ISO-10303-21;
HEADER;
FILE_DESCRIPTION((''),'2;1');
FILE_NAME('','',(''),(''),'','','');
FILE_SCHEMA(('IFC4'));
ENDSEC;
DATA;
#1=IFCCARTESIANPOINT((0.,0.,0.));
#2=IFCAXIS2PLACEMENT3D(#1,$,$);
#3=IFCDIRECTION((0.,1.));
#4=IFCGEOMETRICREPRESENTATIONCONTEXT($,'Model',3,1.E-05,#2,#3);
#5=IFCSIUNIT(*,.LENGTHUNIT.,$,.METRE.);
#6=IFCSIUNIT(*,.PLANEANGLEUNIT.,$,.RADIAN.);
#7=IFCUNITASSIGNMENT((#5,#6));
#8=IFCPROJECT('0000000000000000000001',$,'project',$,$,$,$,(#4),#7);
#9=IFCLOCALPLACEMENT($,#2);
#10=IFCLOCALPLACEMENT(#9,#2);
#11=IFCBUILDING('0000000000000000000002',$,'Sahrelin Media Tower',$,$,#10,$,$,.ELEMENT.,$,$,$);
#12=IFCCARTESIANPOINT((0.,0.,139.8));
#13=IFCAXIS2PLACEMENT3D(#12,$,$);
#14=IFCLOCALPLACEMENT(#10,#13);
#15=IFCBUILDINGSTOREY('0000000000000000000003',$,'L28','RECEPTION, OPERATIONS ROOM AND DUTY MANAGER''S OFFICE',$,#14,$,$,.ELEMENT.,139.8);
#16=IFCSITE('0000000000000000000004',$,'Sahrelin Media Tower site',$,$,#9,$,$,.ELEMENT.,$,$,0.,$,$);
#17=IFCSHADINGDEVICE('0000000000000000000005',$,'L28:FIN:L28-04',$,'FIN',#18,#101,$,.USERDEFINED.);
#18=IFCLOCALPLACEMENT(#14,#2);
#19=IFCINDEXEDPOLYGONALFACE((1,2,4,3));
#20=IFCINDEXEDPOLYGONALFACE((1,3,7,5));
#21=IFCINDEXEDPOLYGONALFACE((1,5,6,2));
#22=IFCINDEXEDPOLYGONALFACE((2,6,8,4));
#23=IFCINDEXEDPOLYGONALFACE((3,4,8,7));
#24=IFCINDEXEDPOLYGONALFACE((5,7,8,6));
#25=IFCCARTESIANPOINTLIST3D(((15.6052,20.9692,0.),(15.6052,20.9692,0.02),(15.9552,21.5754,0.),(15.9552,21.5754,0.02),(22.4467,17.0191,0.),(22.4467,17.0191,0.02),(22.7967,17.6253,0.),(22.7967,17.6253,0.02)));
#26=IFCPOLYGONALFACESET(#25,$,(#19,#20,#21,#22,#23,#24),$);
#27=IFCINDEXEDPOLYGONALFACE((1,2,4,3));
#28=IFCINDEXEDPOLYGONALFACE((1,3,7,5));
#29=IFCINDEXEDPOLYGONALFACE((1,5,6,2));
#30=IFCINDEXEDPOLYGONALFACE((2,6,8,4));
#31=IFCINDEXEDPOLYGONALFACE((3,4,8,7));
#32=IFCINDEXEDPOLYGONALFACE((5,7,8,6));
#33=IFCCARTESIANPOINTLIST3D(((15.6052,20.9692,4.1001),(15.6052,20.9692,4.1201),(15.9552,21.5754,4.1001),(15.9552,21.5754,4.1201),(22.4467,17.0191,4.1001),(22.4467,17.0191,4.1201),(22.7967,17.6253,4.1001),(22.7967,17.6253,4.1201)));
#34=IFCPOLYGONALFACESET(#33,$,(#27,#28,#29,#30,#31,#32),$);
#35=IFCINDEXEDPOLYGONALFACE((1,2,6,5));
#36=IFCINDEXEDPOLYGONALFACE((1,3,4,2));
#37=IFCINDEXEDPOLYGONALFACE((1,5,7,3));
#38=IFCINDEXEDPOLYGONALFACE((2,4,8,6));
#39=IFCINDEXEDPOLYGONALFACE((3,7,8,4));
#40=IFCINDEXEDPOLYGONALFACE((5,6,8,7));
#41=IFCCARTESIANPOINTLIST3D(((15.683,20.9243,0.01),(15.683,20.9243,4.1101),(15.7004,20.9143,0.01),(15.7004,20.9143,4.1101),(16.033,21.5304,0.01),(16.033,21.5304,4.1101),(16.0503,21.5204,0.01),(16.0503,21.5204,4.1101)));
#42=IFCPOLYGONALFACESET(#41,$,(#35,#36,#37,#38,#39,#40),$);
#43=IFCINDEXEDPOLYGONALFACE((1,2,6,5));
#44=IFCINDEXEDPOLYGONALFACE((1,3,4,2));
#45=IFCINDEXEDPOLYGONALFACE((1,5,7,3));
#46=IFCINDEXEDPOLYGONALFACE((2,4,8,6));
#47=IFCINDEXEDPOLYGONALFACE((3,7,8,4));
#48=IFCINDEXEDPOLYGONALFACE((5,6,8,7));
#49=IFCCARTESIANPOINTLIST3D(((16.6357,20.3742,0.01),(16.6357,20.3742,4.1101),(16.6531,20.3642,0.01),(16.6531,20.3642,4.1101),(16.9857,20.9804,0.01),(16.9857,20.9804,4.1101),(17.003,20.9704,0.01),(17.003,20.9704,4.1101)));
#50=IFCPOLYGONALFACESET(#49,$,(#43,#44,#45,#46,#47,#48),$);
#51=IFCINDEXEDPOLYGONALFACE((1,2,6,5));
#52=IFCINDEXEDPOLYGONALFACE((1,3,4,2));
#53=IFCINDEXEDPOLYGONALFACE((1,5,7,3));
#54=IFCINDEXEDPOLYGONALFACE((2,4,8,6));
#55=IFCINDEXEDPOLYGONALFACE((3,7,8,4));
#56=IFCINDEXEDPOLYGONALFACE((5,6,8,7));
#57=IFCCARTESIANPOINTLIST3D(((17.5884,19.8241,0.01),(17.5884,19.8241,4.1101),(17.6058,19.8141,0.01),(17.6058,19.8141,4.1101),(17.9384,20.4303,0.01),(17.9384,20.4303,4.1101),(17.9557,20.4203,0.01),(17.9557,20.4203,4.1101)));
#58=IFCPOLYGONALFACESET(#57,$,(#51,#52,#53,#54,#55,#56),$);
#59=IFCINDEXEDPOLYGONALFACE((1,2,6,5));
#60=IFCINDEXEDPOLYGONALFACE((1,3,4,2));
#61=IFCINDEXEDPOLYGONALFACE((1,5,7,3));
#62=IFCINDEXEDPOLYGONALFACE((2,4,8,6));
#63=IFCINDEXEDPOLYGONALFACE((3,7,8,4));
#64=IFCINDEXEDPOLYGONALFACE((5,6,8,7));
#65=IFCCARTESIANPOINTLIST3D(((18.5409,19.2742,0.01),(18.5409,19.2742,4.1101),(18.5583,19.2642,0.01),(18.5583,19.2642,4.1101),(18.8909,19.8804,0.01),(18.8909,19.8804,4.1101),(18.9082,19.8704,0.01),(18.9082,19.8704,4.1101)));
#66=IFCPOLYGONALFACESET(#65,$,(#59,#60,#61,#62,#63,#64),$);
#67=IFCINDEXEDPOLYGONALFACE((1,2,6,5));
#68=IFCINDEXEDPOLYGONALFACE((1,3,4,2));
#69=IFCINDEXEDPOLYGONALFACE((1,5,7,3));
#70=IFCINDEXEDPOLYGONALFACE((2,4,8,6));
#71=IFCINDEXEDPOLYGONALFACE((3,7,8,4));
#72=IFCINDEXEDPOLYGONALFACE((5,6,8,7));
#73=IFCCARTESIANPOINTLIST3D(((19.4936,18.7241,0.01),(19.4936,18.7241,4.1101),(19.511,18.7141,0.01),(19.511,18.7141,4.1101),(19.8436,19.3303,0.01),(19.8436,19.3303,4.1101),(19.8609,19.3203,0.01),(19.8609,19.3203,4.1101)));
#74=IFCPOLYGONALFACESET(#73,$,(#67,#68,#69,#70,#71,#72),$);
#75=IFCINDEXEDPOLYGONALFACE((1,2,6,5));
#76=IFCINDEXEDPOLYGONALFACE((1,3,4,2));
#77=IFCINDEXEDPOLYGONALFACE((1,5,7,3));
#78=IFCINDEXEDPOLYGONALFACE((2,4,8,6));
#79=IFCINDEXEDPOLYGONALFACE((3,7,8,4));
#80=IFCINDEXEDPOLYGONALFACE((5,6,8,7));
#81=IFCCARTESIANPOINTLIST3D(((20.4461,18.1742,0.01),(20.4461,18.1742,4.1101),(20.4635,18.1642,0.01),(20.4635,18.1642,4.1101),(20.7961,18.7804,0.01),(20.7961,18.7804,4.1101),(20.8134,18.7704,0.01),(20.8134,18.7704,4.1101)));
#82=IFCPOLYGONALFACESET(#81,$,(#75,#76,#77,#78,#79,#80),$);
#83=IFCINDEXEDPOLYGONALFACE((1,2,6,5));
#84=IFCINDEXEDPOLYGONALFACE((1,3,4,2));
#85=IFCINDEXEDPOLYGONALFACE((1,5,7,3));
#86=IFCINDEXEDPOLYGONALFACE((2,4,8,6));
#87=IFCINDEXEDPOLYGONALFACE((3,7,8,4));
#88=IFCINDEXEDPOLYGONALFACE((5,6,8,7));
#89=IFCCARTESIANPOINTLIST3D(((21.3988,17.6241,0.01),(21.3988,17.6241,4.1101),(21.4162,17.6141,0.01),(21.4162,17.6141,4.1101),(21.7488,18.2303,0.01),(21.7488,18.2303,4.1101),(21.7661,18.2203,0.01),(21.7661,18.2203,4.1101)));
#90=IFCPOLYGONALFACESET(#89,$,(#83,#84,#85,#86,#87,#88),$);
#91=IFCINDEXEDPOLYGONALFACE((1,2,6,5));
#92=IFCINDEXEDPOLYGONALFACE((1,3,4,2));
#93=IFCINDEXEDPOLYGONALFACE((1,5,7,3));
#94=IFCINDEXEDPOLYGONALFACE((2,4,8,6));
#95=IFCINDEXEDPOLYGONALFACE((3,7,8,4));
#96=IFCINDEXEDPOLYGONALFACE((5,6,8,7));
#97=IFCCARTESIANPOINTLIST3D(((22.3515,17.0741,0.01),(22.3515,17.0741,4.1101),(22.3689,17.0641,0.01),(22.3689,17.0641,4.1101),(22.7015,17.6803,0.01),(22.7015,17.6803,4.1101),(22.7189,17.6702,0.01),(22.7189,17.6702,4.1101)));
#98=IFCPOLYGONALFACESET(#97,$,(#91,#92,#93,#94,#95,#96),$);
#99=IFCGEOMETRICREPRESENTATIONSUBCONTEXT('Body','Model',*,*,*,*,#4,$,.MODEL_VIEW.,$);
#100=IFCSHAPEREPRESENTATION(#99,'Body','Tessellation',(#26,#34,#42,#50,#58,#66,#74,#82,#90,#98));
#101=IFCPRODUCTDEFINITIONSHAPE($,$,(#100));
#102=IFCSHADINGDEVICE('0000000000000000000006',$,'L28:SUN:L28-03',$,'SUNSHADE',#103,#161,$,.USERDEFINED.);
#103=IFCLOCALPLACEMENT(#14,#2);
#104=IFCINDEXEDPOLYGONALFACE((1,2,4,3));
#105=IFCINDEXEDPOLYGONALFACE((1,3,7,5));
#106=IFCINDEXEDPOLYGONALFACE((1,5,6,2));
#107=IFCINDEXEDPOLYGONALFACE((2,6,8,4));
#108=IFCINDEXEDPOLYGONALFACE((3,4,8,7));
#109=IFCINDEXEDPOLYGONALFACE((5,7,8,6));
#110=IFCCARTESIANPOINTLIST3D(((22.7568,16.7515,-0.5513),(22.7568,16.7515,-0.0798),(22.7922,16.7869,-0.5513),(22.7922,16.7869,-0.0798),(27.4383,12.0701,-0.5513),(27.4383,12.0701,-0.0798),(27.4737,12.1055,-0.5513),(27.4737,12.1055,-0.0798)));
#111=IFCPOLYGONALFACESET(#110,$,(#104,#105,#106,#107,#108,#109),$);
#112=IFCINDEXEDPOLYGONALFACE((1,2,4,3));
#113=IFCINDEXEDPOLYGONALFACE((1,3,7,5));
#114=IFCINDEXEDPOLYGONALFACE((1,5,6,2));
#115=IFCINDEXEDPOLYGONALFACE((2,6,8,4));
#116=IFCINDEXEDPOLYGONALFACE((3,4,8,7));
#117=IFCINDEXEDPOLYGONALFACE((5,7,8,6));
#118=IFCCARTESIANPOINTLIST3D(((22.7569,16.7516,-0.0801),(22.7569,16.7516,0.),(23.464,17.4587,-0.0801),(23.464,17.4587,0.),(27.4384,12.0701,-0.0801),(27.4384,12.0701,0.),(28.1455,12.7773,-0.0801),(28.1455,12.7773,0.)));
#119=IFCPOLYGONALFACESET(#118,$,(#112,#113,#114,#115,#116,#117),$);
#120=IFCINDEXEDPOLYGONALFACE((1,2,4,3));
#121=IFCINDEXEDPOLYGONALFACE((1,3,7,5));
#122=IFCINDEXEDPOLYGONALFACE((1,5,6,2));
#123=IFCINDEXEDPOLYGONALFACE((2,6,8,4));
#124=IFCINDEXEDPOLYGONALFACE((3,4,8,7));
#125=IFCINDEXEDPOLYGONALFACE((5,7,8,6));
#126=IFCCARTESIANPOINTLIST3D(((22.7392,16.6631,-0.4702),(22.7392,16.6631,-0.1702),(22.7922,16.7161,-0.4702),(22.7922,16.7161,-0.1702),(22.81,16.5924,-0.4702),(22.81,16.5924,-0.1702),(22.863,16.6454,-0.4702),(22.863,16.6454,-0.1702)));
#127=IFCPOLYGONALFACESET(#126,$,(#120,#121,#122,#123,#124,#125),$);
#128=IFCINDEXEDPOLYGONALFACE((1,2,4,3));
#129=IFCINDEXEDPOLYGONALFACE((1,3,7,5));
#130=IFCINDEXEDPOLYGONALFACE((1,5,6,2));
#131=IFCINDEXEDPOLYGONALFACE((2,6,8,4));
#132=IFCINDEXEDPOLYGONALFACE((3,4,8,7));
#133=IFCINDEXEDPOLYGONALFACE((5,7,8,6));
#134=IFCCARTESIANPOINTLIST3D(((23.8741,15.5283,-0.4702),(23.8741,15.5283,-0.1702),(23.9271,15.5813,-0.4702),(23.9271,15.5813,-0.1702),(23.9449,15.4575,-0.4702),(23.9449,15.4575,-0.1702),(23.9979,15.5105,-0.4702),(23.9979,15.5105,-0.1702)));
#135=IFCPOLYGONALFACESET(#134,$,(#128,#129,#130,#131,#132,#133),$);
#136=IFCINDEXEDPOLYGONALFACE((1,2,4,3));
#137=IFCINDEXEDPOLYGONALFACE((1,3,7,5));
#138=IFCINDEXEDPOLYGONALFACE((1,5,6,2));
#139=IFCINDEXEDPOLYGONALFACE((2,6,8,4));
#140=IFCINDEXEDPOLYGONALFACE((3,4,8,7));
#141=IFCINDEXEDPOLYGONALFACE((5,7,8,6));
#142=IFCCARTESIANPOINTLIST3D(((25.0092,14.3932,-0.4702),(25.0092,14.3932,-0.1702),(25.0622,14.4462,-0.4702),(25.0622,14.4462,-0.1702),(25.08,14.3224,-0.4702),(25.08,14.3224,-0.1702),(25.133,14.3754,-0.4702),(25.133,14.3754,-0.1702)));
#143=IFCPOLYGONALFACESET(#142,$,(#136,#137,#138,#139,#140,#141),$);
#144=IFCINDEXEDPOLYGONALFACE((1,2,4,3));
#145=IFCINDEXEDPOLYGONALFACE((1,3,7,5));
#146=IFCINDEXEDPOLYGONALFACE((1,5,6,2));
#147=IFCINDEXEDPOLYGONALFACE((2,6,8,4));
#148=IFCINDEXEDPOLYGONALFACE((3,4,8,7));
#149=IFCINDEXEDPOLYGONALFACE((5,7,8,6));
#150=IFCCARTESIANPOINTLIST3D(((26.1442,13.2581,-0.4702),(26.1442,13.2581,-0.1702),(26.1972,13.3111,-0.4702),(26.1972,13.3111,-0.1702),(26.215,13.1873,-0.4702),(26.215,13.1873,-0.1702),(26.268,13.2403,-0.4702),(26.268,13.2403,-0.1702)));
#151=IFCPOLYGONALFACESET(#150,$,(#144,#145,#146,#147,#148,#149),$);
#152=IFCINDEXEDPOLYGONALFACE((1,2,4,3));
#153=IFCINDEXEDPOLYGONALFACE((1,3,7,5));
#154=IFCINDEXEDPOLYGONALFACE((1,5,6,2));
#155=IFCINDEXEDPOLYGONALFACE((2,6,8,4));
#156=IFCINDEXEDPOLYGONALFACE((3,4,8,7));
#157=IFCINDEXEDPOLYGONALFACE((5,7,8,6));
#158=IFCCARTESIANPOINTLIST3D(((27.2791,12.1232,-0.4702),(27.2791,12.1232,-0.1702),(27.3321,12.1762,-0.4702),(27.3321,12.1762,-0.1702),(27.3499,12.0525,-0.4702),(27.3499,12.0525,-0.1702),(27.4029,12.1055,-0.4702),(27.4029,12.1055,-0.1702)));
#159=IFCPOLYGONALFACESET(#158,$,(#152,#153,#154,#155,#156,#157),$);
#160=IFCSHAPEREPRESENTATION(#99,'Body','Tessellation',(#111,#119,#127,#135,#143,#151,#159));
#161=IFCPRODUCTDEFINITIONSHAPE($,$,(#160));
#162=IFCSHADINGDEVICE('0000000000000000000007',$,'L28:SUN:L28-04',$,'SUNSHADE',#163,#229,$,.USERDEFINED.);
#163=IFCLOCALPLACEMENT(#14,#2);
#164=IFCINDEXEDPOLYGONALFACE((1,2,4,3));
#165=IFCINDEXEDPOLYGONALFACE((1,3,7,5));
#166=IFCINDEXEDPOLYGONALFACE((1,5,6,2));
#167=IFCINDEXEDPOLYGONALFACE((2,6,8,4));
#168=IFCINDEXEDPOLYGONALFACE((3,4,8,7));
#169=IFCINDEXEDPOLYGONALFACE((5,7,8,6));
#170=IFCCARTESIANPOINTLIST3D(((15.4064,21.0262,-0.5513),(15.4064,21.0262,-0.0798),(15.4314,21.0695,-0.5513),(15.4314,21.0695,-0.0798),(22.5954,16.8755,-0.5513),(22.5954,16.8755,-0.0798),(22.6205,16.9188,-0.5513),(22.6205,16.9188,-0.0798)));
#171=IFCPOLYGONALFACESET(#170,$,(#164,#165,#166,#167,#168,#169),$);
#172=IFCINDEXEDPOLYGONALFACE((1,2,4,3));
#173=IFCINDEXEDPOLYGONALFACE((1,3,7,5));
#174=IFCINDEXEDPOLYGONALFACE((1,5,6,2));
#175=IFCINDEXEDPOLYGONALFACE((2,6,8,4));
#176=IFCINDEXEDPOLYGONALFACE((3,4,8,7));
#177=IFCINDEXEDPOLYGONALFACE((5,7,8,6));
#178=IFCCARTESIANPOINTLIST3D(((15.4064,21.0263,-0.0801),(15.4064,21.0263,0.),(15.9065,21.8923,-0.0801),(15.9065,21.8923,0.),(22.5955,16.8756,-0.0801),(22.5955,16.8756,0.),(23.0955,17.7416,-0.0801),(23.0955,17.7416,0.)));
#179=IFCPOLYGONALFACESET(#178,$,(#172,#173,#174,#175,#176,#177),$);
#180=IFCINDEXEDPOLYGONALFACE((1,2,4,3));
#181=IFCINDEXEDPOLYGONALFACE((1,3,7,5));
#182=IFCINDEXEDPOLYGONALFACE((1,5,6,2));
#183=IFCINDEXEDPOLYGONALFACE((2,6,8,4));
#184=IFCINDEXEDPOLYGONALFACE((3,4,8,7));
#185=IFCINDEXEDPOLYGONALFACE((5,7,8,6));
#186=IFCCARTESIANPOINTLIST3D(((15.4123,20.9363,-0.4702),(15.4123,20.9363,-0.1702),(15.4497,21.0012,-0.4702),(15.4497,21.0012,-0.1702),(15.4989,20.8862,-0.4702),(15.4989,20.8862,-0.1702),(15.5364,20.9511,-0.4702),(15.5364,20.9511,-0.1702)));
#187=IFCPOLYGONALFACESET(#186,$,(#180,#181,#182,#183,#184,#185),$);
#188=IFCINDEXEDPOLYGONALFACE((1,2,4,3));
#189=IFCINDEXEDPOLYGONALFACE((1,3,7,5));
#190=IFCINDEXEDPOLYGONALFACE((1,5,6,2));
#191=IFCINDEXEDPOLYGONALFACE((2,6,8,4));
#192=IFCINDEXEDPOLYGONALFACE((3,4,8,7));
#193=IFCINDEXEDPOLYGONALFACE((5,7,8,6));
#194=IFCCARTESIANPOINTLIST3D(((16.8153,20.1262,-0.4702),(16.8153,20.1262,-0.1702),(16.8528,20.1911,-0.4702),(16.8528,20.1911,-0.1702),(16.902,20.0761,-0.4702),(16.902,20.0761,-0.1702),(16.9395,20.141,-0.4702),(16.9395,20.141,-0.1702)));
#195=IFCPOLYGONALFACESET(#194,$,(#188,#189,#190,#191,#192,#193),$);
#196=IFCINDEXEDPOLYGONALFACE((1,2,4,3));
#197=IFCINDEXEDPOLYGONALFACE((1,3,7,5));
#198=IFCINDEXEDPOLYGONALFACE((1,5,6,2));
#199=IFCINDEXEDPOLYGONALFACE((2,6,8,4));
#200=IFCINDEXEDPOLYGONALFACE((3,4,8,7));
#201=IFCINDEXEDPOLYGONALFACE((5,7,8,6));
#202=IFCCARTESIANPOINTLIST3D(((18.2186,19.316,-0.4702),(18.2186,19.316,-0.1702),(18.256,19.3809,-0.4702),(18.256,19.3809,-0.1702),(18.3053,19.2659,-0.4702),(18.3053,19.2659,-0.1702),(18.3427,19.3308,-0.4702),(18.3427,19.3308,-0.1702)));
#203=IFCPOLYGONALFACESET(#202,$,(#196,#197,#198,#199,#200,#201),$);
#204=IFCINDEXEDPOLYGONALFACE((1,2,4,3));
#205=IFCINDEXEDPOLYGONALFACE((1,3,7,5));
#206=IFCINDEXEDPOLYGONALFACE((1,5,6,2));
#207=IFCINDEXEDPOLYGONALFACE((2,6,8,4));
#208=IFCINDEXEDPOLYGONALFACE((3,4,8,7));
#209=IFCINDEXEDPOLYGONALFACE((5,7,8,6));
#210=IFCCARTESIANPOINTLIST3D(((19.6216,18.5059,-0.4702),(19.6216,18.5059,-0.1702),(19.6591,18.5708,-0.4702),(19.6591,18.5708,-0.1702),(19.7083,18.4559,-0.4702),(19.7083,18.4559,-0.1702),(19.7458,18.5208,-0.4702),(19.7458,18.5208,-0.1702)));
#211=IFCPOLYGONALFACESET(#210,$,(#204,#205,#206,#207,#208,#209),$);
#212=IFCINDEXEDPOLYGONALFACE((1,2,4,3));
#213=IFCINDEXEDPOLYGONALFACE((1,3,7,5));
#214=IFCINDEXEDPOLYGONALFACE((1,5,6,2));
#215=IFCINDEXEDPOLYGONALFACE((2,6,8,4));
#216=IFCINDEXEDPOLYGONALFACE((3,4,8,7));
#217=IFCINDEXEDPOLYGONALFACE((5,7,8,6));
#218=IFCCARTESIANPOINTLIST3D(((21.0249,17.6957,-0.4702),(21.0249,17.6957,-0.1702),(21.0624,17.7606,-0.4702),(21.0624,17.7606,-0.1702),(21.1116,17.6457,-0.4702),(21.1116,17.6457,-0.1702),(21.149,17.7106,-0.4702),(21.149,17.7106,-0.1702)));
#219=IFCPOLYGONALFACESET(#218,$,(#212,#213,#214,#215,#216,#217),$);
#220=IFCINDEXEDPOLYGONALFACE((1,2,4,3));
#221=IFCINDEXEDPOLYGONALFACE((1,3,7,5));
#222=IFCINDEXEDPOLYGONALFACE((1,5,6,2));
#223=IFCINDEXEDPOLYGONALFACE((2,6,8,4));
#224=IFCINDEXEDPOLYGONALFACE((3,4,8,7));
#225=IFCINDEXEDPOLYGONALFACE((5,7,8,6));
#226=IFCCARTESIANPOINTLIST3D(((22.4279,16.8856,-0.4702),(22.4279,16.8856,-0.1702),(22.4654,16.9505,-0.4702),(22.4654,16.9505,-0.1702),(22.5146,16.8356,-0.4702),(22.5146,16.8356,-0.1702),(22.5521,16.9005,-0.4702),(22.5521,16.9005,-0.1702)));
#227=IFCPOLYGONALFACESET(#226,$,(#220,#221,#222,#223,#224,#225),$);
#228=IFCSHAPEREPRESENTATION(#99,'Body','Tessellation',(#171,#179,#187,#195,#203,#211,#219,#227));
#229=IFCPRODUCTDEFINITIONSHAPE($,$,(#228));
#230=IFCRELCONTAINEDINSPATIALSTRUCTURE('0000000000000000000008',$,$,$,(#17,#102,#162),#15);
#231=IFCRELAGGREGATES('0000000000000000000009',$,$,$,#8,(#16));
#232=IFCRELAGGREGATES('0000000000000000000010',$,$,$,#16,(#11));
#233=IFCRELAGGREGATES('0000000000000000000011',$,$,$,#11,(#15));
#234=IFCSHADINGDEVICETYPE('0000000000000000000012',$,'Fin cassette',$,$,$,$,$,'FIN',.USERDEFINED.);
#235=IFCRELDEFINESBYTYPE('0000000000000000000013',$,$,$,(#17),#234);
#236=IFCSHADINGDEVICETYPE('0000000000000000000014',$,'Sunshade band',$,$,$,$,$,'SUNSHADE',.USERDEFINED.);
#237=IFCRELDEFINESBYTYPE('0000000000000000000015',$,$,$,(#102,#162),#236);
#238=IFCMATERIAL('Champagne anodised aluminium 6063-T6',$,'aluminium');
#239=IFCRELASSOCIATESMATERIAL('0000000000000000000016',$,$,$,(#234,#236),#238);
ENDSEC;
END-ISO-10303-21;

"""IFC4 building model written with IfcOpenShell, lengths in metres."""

from ifc_helpers import new_model, si_unit, direction, frame, origin, origin_2d, place, context, subcontext, project, spatial, rectangle, extrude, material, type_object, element, save


model = new_model("IFC4")

# Units and contexts
model_context = context("Model", 3, precision=1e-05, world=origin(), true_north=direction((0.0, 1.0)))
body_context = subcontext(model_context, "Body", "Model", "MODEL_VIEW")
ifc_project = project(units=[si_unit("LENGTHUNIT", "METRE"), si_unit("PLANEANGLEUNIT", "RADIAN")], contexts=[model_context])

# Site, building, storey
site_placement = place(None, origin())
site = spatial("IfcSite", under=ifc_project, at=site_placement, Name="Sahrelin Media Tower site", CompositionType="ELEMENT", RefElevation=0.0)
building_placement = place(site_placement, origin())
building = spatial("IfcBuilding", under=site, at=building_placement, Name="Sahrelin Media Tower", CompositionType="ELEMENT")
storey_placement = place(building_placement, frame((0.0, 0.0, 139.8)))
storey = spatial("IfcBuildingStorey", under=building, at=storey_placement, Name="L28", Description="RECEPTION, OPERATIONS ROOM AND DUTY MANAGER'S OFFICE", CompositionType="ELEMENT", Elevation=139.8)

# Shared definitions
ifc_material_1 = material(Name="Champagne anodised aluminium 6063-T6", Category="aluminium")

# Shading devices
shading_device_type_1 = type_object("IfcShadingDeviceType", Name="Fin cassette", ElementType="FIN", PredefinedType="USERDEFINED", material=ifc_material_1)
placement_1 = place(storey_placement, frame((25.0835, 14.3967, 0.0), z_axis=(0.0, 0.0, 1.0), x_axis=(0.707107, -0.707107, 0.0)))
placement_2 = place(storey_placement, frame((18.991, 18.9336, 0.0), z_axis=(0.0, 0.0, 1.0), x_axis=(0.866019, -0.500011, 0.0)))
element("IfcShadingDevice", 1, at=placement_2, inside=storey, type_object=shading_device_type_1, Name="L28:FIN:L28-04", ObjectType="FIN", PredefinedType="USERDEFINED", context=body_context, shape_type="SweptSolid", body=[
    extrude(rectangle(XDim=7.8999, YDim=0.7, at=origin_2d()), frame((0.0, 0.4199, 0.0)), (0.0, 0.0, 1.0), 0.02),
    extrude(rectangle(XDim=7.8999, YDim=0.7, at=origin_2d()), frame((0.0, 0.4199, 4.1001)), (0.0, 0.0, 1.0), 0.02),
    extrude(rectangle(XDim=0.02, YDim=0.7, at=origin_2d()), frame((-3.8501, 0.4199, 0.01), z_axis=(0.0, 0.0, 1.0), x_axis=(1.0, 0.0, 0.0)), (0.0, 0.0, 1.0), 4.1001),
    extrude(rectangle(XDim=0.02, YDim=0.7, at=origin_2d()), frame((-2.75, 0.4199, 0.01), z_axis=(0.0, 0.0, 1.0), x_axis=(1.0, 0.0, 0.0)), (0.0, 0.0, 1.0), 4.1001),
    extrude(rectangle(XDim=0.02, YDim=0.7, at=origin_2d()), frame((-1.6499, 0.4199, 0.01), z_axis=(0.0, 0.0, 1.0), x_axis=(1.0, 0.0, 0.0)), (0.0, 0.0, 1.0), 4.1001),
    extrude(rectangle(XDim=0.02, YDim=0.7, at=origin_2d()), frame((-0.55, 0.4199, 0.01), z_axis=(0.0, 0.0, 1.0), x_axis=(1.0, 0.0, 0.0)), (0.0, 0.0, 1.0), 4.1001),
    extrude(rectangle(XDim=0.02, YDim=0.7, at=origin_2d()), frame((0.55, 0.4199, 0.01), z_axis=(0.0, 0.0, 1.0), x_axis=(1.0, 0.0, 0.0)), (0.0, 0.0, 1.0), 4.1001),
    extrude(rectangle(XDim=0.02, YDim=0.7, at=origin_2d()), frame((1.6499, 0.4199, 0.01), z_axis=(0.0, 0.0, 1.0), x_axis=(1.0, 0.0, 0.0)), (0.0, 0.0, 1.0), 4.1001),
    extrude(rectangle(XDim=0.02, YDim=0.7, at=origin_2d()), frame((2.75, 0.4199, 0.01), z_axis=(0.0, 0.0, 1.0), x_axis=(1.0, 0.0, 0.0)), (0.0, 0.0, 1.0), 4.1001),
    extrude(rectangle(XDim=0.02, YDim=0.7, at=origin_2d()), frame((3.8501, 0.4199, 0.01), z_axis=(0.0, 0.0, 1.0), x_axis=(1.0, 0.0, 0.0)), (0.0, 0.0, 1.0), 4.1001),
])
shading_device_type_2 = type_object("IfcShadingDeviceType", Name="Sunshade band", ElementType="SUNSHADE", PredefinedType="USERDEFINED", material=ifc_material_1)
element("IfcShadingDevice", 2, at=placement_1, inside=storey, type_object=shading_device_type_2, Name="L28:SUN:L28-03", ObjectType="SUNSHADE", PredefinedType="USERDEFINED", context=body_context, shape_type="SweptSolid", body=[
    extrude(rectangle(XDim=6.6206, YDim=0.05, at=origin_2d()), frame((0.0, 0.0449, -0.5513)), (0.0, 0.0, 1.0), 0.4714),
    extrude(rectangle(XDim=6.6206, YDim=1.0, at=origin_2d()), frame((0.0, 0.52, -0.0801)), (0.0, 0.0, 1.0), 0.0801),
    extrude(rectangle(XDim=0.1001, YDim=0.075, at=origin_2d()), frame((-3.2102, -0.0176, -0.4702)), (0.0, 0.0, 1.0), 0.3),
    extrude(rectangle(XDim=0.1001, YDim=0.075, at=origin_2d()), frame((-1.6052, -0.0176, -0.4702)), (0.0, 0.0, 1.0), 0.3),
    extrude(rectangle(XDim=0.1001, YDim=0.075, at=origin_2d()), frame((0.0, -0.0176, -0.4702)), (0.0, 0.0, 1.0), 0.3),
    extrude(rectangle(XDim=0.1001, YDim=0.075, at=origin_2d()), frame((1.6052, -0.0176, -0.4702)), (0.0, 0.0, 1.0), 0.3),
    extrude(rectangle(XDim=0.1001, YDim=0.075, at=origin_2d()), frame((3.2102, -0.0176, -0.4702)), (0.0, 0.0, 1.0), 0.3),
])
element("IfcShadingDevice", 3, at=placement_2, inside=storey, type_object=shading_device_type_2, Name="L28:SUN:L28-04", ObjectType="SUNSHADE", PredefinedType="USERDEFINED", context=body_context, shape_type="SweptSolid", body=[
    extrude(rectangle(XDim=8.3013, YDim=0.05, at=origin_2d()), frame((0.0, 0.0449, -0.5513)), (0.0, 0.0, 1.0), 0.4714),
    extrude(rectangle(XDim=8.3013, YDim=1.0, at=origin_2d()), frame((0.0, 0.52, -0.0801)), (0.0, 0.0, 1.0), 0.0801),
    extrude(rectangle(XDim=0.1001, YDim=0.075, at=origin_2d()), frame((-4.0505, -0.0176, -0.4702)), (0.0, 0.0, 1.0), 0.3),
    extrude(rectangle(XDim=0.1001, YDim=0.075, at=origin_2d()), frame((-2.4304, -0.0176, -0.4702)), (0.0, 0.0, 1.0), 0.3),
    extrude(rectangle(XDim=0.1001, YDim=0.075, at=origin_2d()), frame((-0.8101, -0.0176, -0.4702)), (0.0, 0.0, 1.0), 0.3),
    extrude(rectangle(XDim=0.1001, YDim=0.075, at=origin_2d()), frame((0.8101, -0.0176, -0.4702)), (0.0, 0.0, 1.0), 0.3),
    extrude(rectangle(XDim=0.1001, YDim=0.075, at=origin_2d()), frame((2.4304, -0.0176, -0.4702)), (0.0, 0.0, 1.0), 0.3),
    extrude(rectangle(XDim=0.1001, YDim=0.075, at=origin_2d()), frame((4.0505, -0.0176, -0.4702)), (0.0, 0.0, 1.0), 0.3),
])

save(model, "model.ifc")
